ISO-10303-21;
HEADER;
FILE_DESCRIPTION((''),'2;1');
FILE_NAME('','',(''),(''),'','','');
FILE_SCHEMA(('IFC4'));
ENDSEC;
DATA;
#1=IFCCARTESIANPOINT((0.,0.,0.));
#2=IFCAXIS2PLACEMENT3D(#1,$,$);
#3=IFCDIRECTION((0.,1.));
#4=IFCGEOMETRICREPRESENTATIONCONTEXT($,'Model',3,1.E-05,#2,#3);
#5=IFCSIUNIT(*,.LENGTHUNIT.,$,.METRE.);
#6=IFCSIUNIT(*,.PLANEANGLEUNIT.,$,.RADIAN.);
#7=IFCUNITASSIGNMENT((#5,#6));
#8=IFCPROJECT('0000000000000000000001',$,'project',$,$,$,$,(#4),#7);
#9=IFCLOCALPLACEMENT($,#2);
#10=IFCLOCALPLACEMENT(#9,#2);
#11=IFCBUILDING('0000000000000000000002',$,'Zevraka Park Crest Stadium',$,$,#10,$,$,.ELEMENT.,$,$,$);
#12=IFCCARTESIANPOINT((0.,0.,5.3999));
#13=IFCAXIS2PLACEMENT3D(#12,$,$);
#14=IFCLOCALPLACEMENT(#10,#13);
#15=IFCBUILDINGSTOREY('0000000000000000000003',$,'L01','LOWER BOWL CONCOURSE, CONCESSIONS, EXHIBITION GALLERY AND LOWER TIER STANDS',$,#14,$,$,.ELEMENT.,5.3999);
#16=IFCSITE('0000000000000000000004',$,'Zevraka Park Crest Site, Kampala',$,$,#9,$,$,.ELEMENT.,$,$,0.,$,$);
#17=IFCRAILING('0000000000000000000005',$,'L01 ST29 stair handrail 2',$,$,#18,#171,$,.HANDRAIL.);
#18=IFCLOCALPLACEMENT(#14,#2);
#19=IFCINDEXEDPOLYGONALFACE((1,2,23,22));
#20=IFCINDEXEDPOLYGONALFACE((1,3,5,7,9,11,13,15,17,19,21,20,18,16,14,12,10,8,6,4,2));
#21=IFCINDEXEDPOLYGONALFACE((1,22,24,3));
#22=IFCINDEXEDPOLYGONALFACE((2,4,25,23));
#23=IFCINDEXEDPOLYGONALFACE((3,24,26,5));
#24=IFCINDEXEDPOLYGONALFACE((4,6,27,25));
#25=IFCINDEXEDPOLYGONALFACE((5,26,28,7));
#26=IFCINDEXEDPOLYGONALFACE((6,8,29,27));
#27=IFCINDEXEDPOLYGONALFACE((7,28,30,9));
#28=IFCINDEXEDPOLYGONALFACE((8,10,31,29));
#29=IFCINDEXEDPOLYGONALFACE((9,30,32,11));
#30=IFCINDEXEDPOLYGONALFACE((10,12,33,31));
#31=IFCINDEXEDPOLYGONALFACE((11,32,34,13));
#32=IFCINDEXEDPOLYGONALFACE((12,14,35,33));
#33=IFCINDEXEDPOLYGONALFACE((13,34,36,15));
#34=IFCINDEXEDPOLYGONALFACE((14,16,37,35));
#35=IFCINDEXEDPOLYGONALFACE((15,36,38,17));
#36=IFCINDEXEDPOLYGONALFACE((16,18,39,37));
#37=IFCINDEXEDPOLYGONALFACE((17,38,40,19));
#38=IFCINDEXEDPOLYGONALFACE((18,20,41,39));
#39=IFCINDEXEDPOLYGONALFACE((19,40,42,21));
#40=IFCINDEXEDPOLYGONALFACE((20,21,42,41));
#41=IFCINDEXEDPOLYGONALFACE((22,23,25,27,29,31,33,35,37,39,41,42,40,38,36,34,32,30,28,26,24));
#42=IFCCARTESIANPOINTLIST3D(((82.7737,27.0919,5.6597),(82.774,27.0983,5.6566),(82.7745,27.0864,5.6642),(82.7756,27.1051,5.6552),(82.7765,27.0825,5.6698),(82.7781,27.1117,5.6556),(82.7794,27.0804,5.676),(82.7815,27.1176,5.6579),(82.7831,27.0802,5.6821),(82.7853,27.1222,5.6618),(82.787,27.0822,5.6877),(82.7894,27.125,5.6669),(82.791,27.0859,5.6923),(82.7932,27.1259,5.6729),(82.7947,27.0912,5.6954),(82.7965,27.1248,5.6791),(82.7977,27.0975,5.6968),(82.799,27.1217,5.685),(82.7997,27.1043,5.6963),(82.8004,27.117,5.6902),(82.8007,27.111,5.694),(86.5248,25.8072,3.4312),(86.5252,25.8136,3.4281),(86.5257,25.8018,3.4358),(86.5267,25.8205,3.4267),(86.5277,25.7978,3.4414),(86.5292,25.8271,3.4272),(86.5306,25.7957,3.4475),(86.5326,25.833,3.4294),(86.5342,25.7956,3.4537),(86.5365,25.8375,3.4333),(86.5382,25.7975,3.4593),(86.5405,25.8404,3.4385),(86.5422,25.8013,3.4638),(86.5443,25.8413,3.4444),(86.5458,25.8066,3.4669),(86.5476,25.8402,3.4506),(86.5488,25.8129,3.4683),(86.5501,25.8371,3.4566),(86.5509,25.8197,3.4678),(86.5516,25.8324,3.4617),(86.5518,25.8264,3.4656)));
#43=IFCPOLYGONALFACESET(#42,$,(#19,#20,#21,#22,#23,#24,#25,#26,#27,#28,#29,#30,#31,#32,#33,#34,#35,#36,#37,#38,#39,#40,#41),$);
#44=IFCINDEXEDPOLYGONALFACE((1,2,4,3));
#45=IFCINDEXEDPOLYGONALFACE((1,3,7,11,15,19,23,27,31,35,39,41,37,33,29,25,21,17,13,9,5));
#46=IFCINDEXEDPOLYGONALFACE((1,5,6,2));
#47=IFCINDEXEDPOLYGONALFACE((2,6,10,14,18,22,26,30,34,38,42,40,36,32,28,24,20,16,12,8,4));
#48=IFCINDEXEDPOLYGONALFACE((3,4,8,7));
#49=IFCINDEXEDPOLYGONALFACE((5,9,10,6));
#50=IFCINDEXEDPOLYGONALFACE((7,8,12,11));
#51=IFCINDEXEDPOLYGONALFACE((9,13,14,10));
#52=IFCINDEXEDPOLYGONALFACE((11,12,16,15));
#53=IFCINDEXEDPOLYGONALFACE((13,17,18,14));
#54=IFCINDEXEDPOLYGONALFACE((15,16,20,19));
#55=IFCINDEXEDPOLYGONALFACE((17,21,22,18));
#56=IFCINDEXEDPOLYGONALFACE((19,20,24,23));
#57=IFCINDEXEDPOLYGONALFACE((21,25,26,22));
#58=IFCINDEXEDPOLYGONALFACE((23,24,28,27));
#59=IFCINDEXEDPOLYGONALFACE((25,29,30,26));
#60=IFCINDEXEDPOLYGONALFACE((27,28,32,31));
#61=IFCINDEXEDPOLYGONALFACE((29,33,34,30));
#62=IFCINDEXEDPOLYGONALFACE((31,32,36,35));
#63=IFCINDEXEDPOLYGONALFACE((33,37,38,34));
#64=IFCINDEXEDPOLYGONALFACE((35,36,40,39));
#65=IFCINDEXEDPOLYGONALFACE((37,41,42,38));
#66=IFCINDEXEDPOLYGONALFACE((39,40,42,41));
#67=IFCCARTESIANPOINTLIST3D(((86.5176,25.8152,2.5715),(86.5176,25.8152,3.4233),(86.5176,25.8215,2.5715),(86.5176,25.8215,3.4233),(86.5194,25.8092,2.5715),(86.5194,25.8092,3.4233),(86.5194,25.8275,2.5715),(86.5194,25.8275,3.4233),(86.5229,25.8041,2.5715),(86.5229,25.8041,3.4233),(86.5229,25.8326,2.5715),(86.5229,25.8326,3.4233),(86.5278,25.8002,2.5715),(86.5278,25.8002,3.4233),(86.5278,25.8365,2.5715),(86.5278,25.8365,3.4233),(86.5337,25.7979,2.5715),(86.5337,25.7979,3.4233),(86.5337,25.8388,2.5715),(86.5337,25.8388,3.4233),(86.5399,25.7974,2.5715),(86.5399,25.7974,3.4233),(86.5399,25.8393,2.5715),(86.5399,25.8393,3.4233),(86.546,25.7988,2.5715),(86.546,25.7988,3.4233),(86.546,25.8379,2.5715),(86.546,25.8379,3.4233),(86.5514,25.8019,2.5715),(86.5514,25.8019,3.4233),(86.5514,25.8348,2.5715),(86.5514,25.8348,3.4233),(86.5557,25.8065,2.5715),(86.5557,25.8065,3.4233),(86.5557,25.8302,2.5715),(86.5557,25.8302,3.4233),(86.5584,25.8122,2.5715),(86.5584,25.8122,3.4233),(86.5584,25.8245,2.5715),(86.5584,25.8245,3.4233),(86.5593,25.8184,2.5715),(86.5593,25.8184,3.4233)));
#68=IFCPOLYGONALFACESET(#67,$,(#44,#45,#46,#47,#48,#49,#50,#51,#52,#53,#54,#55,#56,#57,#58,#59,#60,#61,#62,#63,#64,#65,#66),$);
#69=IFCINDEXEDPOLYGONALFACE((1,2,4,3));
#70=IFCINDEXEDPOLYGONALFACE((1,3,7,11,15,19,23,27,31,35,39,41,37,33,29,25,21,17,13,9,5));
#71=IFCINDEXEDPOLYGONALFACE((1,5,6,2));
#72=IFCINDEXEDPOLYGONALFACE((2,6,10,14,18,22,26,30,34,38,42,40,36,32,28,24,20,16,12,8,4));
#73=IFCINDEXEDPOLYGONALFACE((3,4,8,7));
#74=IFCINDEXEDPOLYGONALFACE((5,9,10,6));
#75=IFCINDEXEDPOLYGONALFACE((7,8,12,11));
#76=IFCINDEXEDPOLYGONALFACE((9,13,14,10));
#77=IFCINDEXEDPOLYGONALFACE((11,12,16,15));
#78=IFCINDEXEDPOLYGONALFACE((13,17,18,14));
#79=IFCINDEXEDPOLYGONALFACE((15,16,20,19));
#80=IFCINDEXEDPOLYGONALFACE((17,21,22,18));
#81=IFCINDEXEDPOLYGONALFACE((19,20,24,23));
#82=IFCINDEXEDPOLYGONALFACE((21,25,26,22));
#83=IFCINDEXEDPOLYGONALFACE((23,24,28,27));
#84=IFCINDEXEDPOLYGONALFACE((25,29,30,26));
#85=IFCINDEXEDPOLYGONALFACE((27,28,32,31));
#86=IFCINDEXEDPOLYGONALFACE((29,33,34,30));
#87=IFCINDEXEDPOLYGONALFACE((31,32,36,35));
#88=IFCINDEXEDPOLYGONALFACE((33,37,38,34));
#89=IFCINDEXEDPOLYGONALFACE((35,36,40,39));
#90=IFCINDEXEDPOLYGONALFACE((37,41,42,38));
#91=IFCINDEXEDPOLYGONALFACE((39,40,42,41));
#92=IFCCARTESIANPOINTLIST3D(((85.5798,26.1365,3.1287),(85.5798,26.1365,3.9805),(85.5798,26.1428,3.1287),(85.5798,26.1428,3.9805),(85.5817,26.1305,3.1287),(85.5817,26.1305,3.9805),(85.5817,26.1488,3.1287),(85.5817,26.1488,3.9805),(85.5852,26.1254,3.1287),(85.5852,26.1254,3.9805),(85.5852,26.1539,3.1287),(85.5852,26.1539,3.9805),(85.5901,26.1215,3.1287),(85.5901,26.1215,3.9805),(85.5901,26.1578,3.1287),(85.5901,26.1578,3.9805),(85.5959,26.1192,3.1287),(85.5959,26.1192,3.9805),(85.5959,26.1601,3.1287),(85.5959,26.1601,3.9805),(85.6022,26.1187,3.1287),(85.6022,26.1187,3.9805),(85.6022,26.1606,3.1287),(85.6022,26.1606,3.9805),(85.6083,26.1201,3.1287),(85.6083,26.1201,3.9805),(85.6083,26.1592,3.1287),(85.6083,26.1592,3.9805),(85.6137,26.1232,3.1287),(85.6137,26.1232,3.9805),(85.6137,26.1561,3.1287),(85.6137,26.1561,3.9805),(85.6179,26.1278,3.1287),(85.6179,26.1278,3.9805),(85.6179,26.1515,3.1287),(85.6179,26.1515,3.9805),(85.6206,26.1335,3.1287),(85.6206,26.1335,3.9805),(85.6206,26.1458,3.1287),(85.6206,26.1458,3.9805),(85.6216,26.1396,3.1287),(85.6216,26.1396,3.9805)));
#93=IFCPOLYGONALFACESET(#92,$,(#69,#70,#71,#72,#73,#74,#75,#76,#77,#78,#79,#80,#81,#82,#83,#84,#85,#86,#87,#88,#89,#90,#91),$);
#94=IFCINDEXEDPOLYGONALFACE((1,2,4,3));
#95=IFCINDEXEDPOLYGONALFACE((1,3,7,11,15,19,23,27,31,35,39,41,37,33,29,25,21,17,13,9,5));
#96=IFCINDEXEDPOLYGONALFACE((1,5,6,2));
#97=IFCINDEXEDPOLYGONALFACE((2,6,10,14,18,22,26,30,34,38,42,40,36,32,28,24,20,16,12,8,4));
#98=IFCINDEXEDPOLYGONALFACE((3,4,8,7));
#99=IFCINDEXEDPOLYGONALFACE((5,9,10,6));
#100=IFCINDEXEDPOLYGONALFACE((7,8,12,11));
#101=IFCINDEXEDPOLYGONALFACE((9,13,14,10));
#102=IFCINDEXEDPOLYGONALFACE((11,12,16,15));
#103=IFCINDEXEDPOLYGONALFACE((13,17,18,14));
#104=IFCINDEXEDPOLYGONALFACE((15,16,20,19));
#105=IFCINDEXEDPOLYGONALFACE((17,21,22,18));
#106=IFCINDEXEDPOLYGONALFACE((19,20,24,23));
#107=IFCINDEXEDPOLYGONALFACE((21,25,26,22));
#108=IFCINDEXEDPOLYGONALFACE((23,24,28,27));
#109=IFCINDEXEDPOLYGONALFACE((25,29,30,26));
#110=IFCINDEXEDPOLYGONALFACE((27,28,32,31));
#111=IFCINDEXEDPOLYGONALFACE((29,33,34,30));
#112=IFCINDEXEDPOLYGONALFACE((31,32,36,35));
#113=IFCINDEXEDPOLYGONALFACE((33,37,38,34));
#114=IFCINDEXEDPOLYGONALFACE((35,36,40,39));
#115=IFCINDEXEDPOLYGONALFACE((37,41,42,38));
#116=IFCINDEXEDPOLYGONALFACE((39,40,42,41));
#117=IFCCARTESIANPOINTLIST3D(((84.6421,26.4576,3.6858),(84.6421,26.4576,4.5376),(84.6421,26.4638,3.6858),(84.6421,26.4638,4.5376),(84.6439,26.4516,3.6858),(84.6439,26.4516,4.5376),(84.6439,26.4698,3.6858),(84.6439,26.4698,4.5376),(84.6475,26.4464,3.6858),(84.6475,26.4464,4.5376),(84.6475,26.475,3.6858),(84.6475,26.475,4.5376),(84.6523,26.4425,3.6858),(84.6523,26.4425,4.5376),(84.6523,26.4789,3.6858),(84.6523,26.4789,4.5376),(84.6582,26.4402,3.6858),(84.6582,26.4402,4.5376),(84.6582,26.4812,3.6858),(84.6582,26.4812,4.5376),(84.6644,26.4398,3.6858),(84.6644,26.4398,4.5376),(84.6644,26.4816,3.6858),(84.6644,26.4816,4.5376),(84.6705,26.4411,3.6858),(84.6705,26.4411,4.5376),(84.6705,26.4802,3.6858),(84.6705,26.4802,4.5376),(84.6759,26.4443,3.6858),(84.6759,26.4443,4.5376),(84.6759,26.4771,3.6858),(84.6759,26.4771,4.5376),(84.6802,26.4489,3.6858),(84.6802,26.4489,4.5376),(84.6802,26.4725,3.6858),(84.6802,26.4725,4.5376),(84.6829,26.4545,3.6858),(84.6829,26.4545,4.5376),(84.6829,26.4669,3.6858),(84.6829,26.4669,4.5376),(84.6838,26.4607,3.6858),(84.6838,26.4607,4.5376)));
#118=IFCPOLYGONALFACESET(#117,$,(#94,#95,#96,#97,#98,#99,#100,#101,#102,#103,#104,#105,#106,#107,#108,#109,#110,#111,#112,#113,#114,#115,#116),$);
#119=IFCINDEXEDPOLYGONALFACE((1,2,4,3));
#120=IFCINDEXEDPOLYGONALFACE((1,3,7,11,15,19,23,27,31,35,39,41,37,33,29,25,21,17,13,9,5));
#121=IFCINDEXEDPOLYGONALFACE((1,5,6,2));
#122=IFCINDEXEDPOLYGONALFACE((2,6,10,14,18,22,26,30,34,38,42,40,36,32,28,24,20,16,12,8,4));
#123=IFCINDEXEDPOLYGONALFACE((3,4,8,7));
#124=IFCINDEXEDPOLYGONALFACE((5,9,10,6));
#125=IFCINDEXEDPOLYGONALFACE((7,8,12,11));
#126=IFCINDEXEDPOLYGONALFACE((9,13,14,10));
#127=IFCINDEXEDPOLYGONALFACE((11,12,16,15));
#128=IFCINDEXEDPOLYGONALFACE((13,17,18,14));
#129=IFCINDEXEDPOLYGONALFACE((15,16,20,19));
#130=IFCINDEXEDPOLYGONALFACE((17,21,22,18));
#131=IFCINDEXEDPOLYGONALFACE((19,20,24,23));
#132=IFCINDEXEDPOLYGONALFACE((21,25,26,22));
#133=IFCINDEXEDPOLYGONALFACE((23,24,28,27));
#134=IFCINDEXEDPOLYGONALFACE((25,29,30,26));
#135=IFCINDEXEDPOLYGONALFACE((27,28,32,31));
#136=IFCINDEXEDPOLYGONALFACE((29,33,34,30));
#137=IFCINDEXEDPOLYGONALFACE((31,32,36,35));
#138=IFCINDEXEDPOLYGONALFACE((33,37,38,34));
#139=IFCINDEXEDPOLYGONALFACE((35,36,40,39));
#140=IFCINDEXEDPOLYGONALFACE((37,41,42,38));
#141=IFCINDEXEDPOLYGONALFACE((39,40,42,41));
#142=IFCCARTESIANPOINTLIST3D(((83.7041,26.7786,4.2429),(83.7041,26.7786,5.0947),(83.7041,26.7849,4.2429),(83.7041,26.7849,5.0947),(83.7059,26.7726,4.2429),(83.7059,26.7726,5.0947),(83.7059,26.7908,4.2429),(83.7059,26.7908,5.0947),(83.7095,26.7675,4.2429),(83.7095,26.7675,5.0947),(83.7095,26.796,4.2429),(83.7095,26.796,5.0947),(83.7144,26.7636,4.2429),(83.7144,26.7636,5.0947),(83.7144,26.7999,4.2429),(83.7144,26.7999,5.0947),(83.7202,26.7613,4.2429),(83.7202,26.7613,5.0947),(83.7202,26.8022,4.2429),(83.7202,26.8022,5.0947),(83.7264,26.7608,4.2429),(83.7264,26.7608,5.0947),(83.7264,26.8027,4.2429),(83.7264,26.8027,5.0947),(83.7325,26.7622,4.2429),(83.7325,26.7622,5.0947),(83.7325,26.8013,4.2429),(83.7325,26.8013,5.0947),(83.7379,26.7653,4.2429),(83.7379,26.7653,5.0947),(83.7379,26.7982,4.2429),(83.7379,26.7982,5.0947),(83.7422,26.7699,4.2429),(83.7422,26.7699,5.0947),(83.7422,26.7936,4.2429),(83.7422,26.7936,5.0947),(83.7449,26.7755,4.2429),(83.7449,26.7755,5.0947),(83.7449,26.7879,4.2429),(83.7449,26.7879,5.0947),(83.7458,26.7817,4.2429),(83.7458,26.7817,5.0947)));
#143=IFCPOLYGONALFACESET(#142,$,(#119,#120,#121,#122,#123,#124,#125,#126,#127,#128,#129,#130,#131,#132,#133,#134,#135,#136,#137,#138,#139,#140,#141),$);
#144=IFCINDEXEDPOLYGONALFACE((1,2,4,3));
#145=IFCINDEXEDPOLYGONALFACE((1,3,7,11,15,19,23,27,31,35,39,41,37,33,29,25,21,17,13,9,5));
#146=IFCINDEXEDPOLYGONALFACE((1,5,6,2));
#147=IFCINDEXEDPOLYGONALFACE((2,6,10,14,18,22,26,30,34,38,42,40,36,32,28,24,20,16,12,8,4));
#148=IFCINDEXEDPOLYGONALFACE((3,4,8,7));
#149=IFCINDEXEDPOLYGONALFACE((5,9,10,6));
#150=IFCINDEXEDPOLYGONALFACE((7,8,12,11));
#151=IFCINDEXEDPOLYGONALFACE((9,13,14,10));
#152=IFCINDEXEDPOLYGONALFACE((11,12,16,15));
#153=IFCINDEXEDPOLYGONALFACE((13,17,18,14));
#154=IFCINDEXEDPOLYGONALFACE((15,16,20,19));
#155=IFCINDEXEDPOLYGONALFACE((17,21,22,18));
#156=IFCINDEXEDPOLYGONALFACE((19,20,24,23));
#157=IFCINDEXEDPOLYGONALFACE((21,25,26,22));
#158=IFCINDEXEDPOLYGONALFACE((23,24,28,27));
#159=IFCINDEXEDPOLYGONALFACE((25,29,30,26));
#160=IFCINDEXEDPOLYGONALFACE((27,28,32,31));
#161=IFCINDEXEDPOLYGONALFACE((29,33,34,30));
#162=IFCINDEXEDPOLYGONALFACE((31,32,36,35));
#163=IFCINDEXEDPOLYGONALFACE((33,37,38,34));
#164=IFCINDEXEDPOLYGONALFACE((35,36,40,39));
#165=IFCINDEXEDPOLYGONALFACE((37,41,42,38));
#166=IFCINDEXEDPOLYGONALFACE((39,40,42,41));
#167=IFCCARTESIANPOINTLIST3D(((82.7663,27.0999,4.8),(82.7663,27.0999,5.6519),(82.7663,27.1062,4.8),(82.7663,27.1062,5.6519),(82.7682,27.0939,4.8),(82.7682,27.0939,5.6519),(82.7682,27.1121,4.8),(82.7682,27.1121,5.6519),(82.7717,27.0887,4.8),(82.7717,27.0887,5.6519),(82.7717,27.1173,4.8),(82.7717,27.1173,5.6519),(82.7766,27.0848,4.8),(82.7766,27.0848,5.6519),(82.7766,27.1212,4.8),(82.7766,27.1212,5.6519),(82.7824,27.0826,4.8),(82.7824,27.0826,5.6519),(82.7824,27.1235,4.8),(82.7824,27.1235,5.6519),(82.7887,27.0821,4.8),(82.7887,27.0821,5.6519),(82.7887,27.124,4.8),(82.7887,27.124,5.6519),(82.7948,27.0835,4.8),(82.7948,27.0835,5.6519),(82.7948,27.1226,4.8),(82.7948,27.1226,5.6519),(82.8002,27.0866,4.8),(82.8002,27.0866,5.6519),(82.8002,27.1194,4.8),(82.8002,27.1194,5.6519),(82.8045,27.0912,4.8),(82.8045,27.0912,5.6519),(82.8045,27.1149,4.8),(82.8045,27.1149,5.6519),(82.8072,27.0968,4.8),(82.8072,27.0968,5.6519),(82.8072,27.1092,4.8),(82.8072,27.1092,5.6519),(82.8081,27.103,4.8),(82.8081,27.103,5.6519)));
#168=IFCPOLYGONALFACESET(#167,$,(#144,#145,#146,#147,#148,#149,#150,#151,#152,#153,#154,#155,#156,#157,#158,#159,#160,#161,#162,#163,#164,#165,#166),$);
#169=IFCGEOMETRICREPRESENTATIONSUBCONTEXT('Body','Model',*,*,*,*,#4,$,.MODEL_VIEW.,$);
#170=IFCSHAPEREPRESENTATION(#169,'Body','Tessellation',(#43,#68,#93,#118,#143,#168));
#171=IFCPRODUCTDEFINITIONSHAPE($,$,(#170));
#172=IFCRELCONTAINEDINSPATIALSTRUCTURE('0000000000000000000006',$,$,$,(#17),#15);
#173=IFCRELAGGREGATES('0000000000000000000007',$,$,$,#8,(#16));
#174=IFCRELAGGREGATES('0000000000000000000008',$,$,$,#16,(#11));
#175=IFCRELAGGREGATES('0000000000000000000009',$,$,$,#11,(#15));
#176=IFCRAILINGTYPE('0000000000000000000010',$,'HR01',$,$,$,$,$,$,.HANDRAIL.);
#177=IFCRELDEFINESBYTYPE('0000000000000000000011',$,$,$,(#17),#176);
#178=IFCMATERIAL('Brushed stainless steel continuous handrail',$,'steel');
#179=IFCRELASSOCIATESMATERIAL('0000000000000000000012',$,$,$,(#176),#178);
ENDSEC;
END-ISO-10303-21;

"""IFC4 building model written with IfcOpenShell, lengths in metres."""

from ifc_helpers import new_model, si_unit, direction, frame, origin, origin_2d, place, context, subcontext, project, spatial, circle, extrude, material, type_object, element, save


model = new_model("IFC4")

# Units and contexts
model_context = context("Model", 3, precision=1e-05, world=origin(), true_north=direction((0.0, 1.0)))
body_context = subcontext(model_context, "Body", "Model", "MODEL_VIEW")
ifc_project = project(units=[si_unit("LENGTHUNIT", "METRE"), si_unit("PLANEANGLEUNIT", "RADIAN")], contexts=[model_context])

# Site, building, storey
site_placement = place(None, origin())
site = spatial("IfcSite", under=ifc_project, at=site_placement, Name="Zevraka Park Crest Site, Kampala", CompositionType="ELEMENT", RefElevation=0.0)
building_placement = place(site_placement, origin())
building = spatial("IfcBuilding", under=site, at=building_placement, Name="Zevraka Park Crest Stadium", CompositionType="ELEMENT")
storey_placement = place(building_placement, frame((0.0, 0.0, 5.3999)))
storey = spatial("IfcBuildingStorey", under=building, at=storey_placement, Name="L01", Description="LOWER BOWL CONCOURSE, CONCESSIONS, EXHIBITION GALLERY AND LOWER TIER STANDS", CompositionType="ELEMENT", Elevation=5.3999)

# Railing
ifc_material_1 = material(Name="Brushed stainless steel continuous handrail", Category="steel")
railing_type_1 = type_object("IfcRailingType", Name="HR01", PredefinedType="HANDRAIL", material=ifc_material_1)
railing_1_placement = place(storey_placement, frame((86.5383, 25.8184, 2.5715)))
element("IfcRailing", 1, at=railing_1_placement, inside=storey, type_object=railing_type_1, Name="L01 ST29 stair handrail 2", PredefinedType="HANDRAIL", context=body_context, shape_type="SweptSolid", body=[
    extrude(circle(Radius=0.0239, at=origin_2d()), frame((0.0, 0.0, 0.876), z_axis=(-0.824727, 0.282441, 0.489952), x_axis=(-0.323994, -0.946059, 0.0)), (0.0, 0.0, 1.0), 4.5483),
    extrude(circle(Radius=0.021, at=origin_2d()), origin(), (0.0, 0.0, 1.0), 0.8518),
    extrude(circle(Radius=0.021, at=origin_2d()), frame((-0.9377, 0.3213, 0.5571)), (0.0, 0.0, 1.0), 0.8518),
    extrude(circle(Radius=0.021, at=origin_2d()), frame((-1.8755, 0.6423, 1.1143)), (0.0, 0.0, 1.0), 0.8518),
    extrude(circle(Radius=0.021, at=origin_2d()), frame((-2.8135, 0.9634, 1.6714)), (0.0, 0.0, 1.0), 0.8518),
    extrude(circle(Radius=0.021, at=origin_2d()), frame((-3.7512, 1.2847, 2.2285)), (0.0, 0.0, 1.0), 0.8518),
])

save(model, "model.ifc")
